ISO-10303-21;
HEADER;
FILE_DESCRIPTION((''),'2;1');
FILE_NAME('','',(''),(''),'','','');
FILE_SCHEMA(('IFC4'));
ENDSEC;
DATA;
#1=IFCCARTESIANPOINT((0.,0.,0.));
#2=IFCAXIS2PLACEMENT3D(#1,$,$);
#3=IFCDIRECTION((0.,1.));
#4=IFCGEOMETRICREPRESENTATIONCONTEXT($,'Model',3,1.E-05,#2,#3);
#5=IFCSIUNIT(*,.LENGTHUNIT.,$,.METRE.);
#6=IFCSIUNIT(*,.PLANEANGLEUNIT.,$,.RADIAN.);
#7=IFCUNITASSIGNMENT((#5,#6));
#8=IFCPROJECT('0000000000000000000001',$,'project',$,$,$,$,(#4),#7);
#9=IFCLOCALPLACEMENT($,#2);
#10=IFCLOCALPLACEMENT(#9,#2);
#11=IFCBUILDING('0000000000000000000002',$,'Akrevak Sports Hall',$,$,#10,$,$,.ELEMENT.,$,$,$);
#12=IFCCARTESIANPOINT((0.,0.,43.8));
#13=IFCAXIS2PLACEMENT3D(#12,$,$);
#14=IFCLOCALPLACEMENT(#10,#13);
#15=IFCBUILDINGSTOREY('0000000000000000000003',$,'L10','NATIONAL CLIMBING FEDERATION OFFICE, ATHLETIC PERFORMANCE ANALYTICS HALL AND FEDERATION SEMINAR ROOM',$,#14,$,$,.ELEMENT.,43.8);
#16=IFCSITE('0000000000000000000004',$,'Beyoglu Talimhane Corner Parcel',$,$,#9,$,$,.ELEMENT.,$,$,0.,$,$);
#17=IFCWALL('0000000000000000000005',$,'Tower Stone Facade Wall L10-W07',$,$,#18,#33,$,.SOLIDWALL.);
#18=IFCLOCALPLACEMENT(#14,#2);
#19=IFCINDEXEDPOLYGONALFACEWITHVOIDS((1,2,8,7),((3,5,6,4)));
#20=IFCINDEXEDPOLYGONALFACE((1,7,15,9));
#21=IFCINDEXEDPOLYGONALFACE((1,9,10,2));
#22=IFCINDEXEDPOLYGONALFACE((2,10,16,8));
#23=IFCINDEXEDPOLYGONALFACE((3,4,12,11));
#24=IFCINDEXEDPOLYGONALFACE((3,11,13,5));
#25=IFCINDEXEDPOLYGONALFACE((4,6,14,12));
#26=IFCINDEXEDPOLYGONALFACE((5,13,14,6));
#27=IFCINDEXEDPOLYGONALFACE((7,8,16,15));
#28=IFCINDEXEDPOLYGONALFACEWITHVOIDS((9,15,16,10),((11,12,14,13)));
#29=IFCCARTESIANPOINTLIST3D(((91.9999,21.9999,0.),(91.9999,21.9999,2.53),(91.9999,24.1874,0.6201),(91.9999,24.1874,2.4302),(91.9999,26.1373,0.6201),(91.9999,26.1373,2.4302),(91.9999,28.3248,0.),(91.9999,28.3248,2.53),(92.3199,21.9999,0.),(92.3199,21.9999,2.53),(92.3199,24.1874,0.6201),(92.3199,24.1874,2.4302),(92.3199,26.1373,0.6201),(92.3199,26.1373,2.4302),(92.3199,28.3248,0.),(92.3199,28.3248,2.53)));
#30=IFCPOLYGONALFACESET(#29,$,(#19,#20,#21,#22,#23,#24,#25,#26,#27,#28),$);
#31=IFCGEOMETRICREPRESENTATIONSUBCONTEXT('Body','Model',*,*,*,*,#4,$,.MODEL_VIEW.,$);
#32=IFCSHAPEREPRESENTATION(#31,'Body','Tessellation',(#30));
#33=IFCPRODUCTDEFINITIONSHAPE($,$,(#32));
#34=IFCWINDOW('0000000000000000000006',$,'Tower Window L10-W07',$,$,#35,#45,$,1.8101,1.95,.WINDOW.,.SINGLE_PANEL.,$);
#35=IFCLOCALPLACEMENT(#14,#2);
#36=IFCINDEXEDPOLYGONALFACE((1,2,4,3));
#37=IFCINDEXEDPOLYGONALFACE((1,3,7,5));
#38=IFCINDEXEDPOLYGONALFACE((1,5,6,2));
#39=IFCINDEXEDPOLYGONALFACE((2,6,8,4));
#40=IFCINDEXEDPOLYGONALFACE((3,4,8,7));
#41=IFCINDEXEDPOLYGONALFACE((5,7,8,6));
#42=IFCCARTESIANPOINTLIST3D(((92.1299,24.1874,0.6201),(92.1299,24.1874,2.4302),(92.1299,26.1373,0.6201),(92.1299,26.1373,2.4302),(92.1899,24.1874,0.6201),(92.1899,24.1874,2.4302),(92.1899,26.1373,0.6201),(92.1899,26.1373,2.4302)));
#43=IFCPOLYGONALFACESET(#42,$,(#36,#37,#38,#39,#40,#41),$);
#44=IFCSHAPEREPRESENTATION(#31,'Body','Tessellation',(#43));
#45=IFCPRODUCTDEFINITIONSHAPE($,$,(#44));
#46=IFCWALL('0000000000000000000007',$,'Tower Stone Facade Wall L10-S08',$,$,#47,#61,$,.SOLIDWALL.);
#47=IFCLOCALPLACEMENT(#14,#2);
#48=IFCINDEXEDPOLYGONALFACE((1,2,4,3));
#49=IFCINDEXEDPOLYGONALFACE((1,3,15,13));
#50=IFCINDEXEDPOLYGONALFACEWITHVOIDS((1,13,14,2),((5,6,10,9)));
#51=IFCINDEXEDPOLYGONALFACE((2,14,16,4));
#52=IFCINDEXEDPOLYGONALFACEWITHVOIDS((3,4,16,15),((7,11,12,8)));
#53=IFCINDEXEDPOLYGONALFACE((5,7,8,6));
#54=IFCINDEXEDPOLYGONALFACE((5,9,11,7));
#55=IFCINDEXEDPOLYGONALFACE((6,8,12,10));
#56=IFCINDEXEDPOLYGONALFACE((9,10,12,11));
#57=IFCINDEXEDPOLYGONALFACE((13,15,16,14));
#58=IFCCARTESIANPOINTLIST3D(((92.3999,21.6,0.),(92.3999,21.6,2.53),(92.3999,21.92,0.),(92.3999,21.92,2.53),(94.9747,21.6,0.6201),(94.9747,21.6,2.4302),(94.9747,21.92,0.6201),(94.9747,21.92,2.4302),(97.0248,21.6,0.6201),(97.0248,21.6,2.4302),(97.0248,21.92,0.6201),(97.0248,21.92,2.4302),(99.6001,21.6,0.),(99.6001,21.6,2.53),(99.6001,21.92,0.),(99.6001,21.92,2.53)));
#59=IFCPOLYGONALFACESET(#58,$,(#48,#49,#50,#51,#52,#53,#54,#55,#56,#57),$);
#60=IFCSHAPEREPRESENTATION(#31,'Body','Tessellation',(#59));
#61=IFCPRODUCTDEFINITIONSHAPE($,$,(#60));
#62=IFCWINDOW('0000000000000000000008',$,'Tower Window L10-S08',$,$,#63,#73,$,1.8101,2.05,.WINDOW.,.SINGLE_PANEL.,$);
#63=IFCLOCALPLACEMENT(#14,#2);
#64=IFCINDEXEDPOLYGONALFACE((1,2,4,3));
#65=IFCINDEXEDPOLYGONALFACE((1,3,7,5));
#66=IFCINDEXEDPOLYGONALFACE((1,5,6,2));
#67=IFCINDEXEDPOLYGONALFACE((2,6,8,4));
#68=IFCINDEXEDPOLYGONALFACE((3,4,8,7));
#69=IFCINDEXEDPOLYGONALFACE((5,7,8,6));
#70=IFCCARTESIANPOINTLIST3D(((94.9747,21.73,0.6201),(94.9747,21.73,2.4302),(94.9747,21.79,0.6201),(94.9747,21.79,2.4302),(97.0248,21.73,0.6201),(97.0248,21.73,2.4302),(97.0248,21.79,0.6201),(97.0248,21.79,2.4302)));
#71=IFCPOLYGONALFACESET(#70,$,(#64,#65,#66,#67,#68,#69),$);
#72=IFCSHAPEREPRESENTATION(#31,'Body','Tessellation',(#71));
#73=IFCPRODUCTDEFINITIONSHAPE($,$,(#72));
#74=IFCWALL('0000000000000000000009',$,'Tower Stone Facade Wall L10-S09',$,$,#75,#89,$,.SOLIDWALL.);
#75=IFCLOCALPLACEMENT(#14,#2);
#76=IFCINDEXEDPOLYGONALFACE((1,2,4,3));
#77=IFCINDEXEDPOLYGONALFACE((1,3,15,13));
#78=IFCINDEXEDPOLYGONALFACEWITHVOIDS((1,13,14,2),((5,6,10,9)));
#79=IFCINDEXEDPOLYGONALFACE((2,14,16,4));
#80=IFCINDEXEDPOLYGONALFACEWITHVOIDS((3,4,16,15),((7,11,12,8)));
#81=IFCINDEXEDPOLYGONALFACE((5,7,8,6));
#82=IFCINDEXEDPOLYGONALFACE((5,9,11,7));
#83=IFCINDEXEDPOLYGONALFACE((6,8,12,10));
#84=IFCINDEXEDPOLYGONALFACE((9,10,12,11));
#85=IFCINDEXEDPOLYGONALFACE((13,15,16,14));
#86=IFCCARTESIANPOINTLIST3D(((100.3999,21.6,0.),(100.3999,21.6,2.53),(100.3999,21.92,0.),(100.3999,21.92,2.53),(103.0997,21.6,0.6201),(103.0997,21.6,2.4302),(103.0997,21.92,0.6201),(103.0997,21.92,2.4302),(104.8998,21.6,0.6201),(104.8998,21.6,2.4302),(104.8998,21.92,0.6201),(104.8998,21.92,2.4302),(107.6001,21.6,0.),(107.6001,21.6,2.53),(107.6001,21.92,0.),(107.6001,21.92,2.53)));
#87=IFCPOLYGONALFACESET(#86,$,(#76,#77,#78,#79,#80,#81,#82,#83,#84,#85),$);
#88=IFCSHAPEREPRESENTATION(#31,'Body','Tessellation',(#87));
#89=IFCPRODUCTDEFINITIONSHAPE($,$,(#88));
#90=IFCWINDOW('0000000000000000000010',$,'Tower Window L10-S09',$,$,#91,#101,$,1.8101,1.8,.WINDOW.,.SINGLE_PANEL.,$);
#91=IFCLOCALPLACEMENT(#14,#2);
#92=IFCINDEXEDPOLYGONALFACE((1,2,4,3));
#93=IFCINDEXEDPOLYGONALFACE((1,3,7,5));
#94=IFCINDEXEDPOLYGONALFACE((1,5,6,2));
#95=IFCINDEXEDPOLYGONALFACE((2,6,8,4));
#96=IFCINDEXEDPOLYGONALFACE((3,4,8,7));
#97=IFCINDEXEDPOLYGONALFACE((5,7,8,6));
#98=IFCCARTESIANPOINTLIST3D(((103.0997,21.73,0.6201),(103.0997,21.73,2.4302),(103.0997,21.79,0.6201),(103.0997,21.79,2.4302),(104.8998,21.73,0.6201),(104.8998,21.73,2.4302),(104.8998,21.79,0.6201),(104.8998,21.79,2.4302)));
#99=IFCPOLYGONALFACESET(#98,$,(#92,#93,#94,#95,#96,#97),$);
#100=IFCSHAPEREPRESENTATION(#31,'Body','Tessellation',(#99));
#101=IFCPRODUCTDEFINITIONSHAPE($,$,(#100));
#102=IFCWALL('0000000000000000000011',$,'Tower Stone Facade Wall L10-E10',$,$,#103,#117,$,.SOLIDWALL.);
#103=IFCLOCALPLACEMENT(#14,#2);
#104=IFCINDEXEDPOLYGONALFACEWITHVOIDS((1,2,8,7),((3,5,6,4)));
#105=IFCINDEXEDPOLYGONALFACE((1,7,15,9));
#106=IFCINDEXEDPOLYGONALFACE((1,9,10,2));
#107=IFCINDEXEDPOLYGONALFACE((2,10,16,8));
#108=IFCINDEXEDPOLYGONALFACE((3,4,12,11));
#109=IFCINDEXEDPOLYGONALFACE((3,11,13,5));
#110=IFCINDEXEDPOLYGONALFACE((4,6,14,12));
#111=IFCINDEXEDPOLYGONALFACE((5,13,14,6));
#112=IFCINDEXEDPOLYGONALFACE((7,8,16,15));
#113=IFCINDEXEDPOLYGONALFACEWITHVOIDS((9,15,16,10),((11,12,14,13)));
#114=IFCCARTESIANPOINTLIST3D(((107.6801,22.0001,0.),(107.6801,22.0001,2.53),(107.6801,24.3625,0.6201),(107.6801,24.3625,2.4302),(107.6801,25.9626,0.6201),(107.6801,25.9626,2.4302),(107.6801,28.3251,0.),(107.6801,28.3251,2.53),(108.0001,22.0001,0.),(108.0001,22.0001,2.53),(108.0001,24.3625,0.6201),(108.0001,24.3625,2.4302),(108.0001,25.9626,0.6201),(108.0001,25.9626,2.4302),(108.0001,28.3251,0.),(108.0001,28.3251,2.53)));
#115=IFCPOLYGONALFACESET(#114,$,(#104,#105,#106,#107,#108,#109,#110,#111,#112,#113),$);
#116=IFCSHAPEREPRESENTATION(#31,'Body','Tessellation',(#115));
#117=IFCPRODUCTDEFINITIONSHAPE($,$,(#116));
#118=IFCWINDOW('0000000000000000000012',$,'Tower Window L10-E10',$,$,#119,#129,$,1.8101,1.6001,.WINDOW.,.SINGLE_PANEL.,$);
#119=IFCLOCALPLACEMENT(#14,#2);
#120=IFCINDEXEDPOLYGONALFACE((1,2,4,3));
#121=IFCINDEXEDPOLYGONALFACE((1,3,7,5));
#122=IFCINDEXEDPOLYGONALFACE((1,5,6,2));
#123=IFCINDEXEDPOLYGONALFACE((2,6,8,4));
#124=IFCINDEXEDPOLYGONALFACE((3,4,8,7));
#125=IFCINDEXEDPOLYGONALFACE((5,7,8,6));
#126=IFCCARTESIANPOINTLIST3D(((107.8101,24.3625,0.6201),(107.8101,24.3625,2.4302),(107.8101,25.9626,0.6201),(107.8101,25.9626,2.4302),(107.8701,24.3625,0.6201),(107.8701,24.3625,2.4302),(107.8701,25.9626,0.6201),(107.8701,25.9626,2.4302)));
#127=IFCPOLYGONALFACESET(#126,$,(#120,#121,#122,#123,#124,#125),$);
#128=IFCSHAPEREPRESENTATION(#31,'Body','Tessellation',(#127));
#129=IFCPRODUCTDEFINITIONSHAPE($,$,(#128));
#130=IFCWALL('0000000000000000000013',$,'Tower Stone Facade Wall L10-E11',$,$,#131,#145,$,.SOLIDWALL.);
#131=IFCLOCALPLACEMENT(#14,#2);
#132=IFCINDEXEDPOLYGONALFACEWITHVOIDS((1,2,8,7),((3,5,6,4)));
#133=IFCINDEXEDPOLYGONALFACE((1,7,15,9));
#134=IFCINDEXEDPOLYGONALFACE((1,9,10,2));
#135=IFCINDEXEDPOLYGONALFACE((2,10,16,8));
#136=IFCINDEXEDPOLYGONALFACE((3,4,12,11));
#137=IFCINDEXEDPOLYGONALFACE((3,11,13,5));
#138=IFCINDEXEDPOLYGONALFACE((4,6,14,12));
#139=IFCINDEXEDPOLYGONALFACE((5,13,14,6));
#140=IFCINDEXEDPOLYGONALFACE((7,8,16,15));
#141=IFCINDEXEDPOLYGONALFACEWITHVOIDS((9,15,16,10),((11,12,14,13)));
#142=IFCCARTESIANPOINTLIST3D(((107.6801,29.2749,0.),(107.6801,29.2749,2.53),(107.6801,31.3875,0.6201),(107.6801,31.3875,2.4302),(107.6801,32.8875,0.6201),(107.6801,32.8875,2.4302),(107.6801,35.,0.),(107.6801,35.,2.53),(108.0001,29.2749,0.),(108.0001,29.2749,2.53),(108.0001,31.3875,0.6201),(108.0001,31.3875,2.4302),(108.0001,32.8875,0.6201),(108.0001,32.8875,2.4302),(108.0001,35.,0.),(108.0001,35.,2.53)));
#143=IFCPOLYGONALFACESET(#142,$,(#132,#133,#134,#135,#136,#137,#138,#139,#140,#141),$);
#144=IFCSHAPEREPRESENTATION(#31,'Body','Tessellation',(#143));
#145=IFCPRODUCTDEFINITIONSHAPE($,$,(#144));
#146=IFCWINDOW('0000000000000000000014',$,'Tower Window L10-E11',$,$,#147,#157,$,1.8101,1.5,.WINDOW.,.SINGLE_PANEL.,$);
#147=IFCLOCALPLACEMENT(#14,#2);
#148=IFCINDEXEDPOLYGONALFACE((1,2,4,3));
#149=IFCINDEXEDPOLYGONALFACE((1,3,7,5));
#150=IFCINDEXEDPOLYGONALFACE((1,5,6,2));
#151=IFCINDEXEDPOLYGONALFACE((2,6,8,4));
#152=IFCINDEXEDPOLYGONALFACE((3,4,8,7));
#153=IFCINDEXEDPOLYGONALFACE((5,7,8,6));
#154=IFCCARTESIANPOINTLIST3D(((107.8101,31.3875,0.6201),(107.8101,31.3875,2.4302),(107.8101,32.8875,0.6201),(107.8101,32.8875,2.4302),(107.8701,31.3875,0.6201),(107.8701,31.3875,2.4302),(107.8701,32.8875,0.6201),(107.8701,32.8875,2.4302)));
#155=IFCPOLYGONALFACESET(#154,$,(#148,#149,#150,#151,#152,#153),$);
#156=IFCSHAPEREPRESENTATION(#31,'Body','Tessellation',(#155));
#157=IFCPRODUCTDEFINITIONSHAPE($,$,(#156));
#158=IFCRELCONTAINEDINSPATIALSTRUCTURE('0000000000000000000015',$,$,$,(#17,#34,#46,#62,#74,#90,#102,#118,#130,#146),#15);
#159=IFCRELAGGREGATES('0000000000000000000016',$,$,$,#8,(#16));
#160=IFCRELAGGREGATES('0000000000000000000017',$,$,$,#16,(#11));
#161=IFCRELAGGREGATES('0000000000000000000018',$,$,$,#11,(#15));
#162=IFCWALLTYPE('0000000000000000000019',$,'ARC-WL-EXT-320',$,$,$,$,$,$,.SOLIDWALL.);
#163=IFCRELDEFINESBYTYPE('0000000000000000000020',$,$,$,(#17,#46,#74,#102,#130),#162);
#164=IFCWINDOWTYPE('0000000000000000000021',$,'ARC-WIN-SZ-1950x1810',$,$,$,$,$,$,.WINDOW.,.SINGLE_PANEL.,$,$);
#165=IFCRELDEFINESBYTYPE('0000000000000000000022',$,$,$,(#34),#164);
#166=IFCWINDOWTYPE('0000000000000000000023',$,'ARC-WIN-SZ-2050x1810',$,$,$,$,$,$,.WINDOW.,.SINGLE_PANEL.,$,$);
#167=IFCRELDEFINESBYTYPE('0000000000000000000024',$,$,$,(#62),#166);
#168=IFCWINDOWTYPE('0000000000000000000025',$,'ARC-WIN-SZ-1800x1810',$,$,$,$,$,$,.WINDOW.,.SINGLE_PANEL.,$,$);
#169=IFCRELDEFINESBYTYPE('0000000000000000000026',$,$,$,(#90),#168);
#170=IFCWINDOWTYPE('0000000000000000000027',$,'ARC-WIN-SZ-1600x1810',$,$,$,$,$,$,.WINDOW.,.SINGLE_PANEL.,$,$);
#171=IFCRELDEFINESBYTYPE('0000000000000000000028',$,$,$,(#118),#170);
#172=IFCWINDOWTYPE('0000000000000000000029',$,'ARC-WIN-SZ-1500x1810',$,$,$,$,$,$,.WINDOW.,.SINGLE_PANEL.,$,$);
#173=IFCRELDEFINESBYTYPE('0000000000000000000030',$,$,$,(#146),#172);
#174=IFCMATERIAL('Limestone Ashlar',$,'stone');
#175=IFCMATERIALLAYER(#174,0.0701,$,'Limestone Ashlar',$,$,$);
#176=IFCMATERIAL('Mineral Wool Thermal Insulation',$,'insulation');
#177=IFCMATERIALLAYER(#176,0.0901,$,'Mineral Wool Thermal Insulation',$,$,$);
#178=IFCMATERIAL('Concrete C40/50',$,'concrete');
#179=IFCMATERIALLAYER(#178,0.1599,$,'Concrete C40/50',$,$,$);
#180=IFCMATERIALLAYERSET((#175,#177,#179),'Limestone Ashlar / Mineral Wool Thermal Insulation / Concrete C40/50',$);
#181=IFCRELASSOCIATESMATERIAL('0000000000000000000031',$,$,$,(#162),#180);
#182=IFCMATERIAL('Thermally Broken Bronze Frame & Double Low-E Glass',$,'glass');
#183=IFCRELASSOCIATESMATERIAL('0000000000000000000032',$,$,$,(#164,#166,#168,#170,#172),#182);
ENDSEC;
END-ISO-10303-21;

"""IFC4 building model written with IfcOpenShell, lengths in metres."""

from ifc_helpers import new_model, si_unit, direction, frame, frame_2d, origin, place, context, subcontext, project, spatial, rectangle, extrude, material, layer, layer_set, type_object, element, fill, save


model = new_model("IFC4")

# Units and contexts
model_context = context("Model", 3, precision=1e-05, world=origin(), true_north=direction((0.0, 1.0)))
body_context = subcontext(model_context, "Body", "Model", "MODEL_VIEW")
ifc_project = project(units=[si_unit("LENGTHUNIT", "METRE"), si_unit("PLANEANGLEUNIT", "RADIAN")], contexts=[model_context])

# Site, building, storey
site_placement = place(None, origin())
site = spatial("IfcSite", under=ifc_project, at=site_placement, Name="Beyoglu Talimhane Corner Parcel", CompositionType="ELEMENT", RefElevation=0.0)
building_placement = place(site_placement, origin())
building = spatial("IfcBuilding", under=site, at=building_placement, Name="Akrevak Sports Hall", CompositionType="ELEMENT")
storey_placement = place(building_placement, frame((0.0, 0.0, 43.8)))
storey = spatial("IfcBuildingStorey", under=building, at=storey_placement, Name="L10", Description="NATIONAL CLIMBING FEDERATION OFFICE, ATHLETIC PERFORMANCE ANALYTICS HALL AND FEDERATION SEMINAR ROOM", CompositionType="ELEMENT", Elevation=43.8)

# Shared definitions
ifc_material_1 = material(Name="Concrete C40/50", Category="concrete")

# Walls, openings, windows
ifc_material_2 = material(Name="Limestone Ashlar", Category="stone")
ifc_layer_1 = layer(ifc_material_2, 0.0701, Name="Limestone Ashlar")
ifc_material_3 = material(Name="Mineral Wool Thermal Insulation", Category="insulation")
ifc_layer_2 = layer(ifc_material_3, 0.0901, Name="Mineral Wool Thermal Insulation")
ifc_layer_3 = layer(ifc_material_1, 0.1599, Name="Concrete C40/50")
ifc_layer_set_1 = layer_set([ifc_layer_1, ifc_layer_2, ifc_layer_3], Name="Limestone Ashlar / Mineral Wool Thermal Insulation / Concrete C40/50")
wall_type = type_object("IfcWallType", Name="ARC-WL-EXT-320", PredefinedType="SOLIDWALL", material=ifc_layer_set_1)
wall_1_placement = place(storey_placement, frame((92.1599, 28.325, 0.0), z_axis=(0.0, 0.0, 1.0), x_axis=(0.0, -1.0, 0.0)))
wall_1 = element("IfcWall", 1, at=wall_1_placement, inside=storey, type_object=wall_type, Name="Tower Stone Facade Wall L10-W07", PredefinedType="SOLIDWALL", context=body_context, shape_type="SweptSolid", body=[
    extrude(rectangle(XDim=6.325, YDim=0.3201, at=frame_2d((3.1626, 0.0))), origin(), (0.0, 0.0, 1.0), 2.53),
])
opening_1_placement = place(wall_1_placement, frame((2.1875, 0.0, 0.6201)))
opening_1 = element("IfcOpeningElement", 2, at=opening_1_placement, cuts=wall_1, PredefinedType="OPENING", context=body_context, shape_type="SweptSolid", body=[
    extrude(rectangle(XDim=1.95, YDim=1.8101, at=frame_2d((0.9751, 0.905))), frame((0.0, 0.1719, 0.0), z_axis=(0.0, -1.0, 0.0), x_axis=(1.0, 0.0, 0.0)), (0.0, 0.0, 1.0), 0.344),
])
ifc_material_4 = material(Name="Thermally Broken Bronze Frame & Double Low-E Glass", Category="glass")
window_type_1 = type_object("IfcWindowType", Name="ARC-WIN-SZ-1950x1810", PartitioningType="SINGLE_PANEL", PredefinedType="WINDOW", material=ifc_material_4)
window_1_placement = place(opening_1_placement, origin())
window_1 = element("IfcWindow", 3, at=window_1_placement, inside=storey, type_object=window_type_1, Name="Tower Window L10-W07", OverallHeight=1.8101, OverallWidth=1.95, PartitioningType="SINGLE_PANEL", PredefinedType="WINDOW", context=body_context, shape_type="SweptSolid", body=[
    extrude(rectangle(XDim=1.95, YDim=1.8101, at=frame_2d((0.9751, 0.905))), frame((0.0, 0.03, 0.0), z_axis=(0.0, -1.0, 0.0), x_axis=(1.0, 0.0, 0.0)), (0.0, 0.0, 1.0), 0.0601),
])
fill(opening_1, window_1)
wall_2_placement = place(storey_placement, frame((92.3999, 21.76, 0.0), z_axis=(0.0, 0.0, 1.0), x_axis=(1.0, 0.0, 0.0)))
wall_2 = element("IfcWall", 4, at=wall_2_placement, inside=storey, type_object=wall_type, Name="Tower Stone Facade Wall L10-S08", PredefinedType="SOLIDWALL", context=body_context, shape_type="SweptSolid", body=[
    extrude(rectangle(XDim=7.2002, YDim=0.3201, at=frame_2d((3.6001, 0.0))), origin(), (0.0, 0.0, 1.0), 2.53),
])
opening_2_placement = place(wall_2_placement, frame((2.575, 0.0, 0.6201)))
opening_2 = element("IfcOpeningElement", 5, at=opening_2_placement, cuts=wall_2, PredefinedType="OPENING", context=body_context, shape_type="SweptSolid", body=[
    extrude(rectangle(XDim=2.05, YDim=1.8101, at=frame_2d((1.0249, 0.905))), frame((0.0, 0.1719, 0.0), z_axis=(0.0, -1.0, 0.0), x_axis=(1.0, 0.0, 0.0)), (0.0, 0.0, 1.0), 0.344),
])
window_type_2 = type_object("IfcWindowType", Name="ARC-WIN-SZ-2050x1810", PartitioningType="SINGLE_PANEL", PredefinedType="WINDOW", material=ifc_material_4)
window_2_placement = place(opening_2_placement, origin())
window_2 = element("IfcWindow", 6, at=window_2_placement, inside=storey, type_object=window_type_2, Name="Tower Window L10-S08", OverallHeight=1.8101, OverallWidth=2.05, PartitioningType="SINGLE_PANEL", PredefinedType="WINDOW", context=body_context, shape_type="SweptSolid", body=[
    extrude(rectangle(XDim=2.05, YDim=1.8101, at=frame_2d((1.0249, 0.905))), frame((0.0, 0.03, 0.0), z_axis=(0.0, -1.0, 0.0), x_axis=(1.0, 0.0, 0.0)), (0.0, 0.0, 1.0), 0.0601),
])
fill(opening_2, window_2)
wall_3_placement = place(storey_placement, frame((100.3999, 21.76, 0.0), z_axis=(0.0, 0.0, 1.0), x_axis=(1.0, 0.0, 0.0)))
wall_3 = element("IfcWall", 7, at=wall_3_placement, inside=storey, type_object=wall_type, Name="Tower Stone Facade Wall L10-S09", PredefinedType="SOLIDWALL", context=body_context, shape_type="SweptSolid", body=[
    extrude(rectangle(XDim=7.2002, YDim=0.3201, at=frame_2d((3.6001, 0.0))), origin(), (0.0, 0.0, 1.0), 2.53),
])
opening_3_placement = place(wall_3_placement, frame((2.7, 0.0, 0.6201)))
opening_3 = element("IfcOpeningElement", 8, at=opening_3_placement, cuts=wall_3, PredefinedType="OPENING", context=body_context, shape_type="SweptSolid", body=[
    extrude(rectangle(XDim=1.8, YDim=1.8101, at=frame_2d((0.8999, 0.905))), frame((0.0, 0.1719, 0.0), z_axis=(0.0, -1.0, 0.0), x_axis=(1.0, 0.0, 0.0)), (0.0, 0.0, 1.0), 0.344),
])
window_type_3 = type_object("IfcWindowType", Name="ARC-WIN-SZ-1800x1810", PartitioningType="SINGLE_PANEL", PredefinedType="WINDOW", material=ifc_material_4)
window_3_placement = place(opening_3_placement, origin())
window_3 = element("IfcWindow", 9, at=window_3_placement, inside=storey, type_object=window_type_3, Name="Tower Window L10-S09", OverallHeight=1.8101, OverallWidth=1.8, PartitioningType="SINGLE_PANEL", PredefinedType="WINDOW", context=body_context, shape_type="SweptSolid", body=[
    extrude(rectangle(XDim=1.8, YDim=1.8101, at=frame_2d((0.8999, 0.905))), frame((0.0, 0.03, 0.0), z_axis=(0.0, -1.0, 0.0), x_axis=(1.0, 0.0, 0.0)), (0.0, 0.0, 1.0), 0.0601),
])
fill(opening_3, window_3)
wall_4_placement = place(storey_placement, frame((107.8401, 22.0, 0.0), z_axis=(0.0, 0.0, 1.0), x_axis=(0.0, 1.0, 0.0)))
wall_4 = element("IfcWall", 10, at=wall_4_placement, inside=storey, type_object=wall_type, Name="Tower Stone Facade Wall L10-E10", PredefinedType="SOLIDWALL", context=body_context, shape_type="SweptSolid", body=[
    extrude(rectangle(XDim=6.325, YDim=0.3201, at=frame_2d((3.1626, 0.0))), origin(), (0.0, 0.0, 1.0), 2.53),
])
opening_4_placement = place(wall_4_placement, frame((2.3625, 0.0, 0.6201)))
opening_4 = element("IfcOpeningElement", 11, at=opening_4_placement, cuts=wall_4, PredefinedType="OPENING", context=body_context, shape_type="SweptSolid", body=[
    extrude(rectangle(XDim=1.6001, YDim=1.8101, at=frame_2d((0.8, 0.905))), frame((0.0, 0.1719, 0.0), z_axis=(0.0, -1.0, 0.0), x_axis=(1.0, 0.0, 0.0)), (0.0, 0.0, 1.0), 0.344),
])
window_type_4 = type_object("IfcWindowType", Name="ARC-WIN-SZ-1600x1810", PartitioningType="SINGLE_PANEL", PredefinedType="WINDOW", material=ifc_material_4)
window_4_placement = place(opening_4_placement, origin())
window_4 = element("IfcWindow", 12, at=window_4_placement, inside=storey, type_object=window_type_4, Name="Tower Window L10-E10", OverallHeight=1.8101, OverallWidth=1.6001, PartitioningType="SINGLE_PANEL", PredefinedType="WINDOW", context=body_context, shape_type="SweptSolid", body=[
    extrude(rectangle(XDim=1.6001, YDim=1.8101, at=frame_2d((0.8, 0.905))), frame((0.0, 0.03, 0.0), z_axis=(0.0, -1.0, 0.0), x_axis=(1.0, 0.0, 0.0)), (0.0, 0.0, 1.0), 0.0601),
])
fill(opening_4, window_4)
wall_5_placement = place(storey_placement, frame((107.8401, 29.2749, 0.0), z_axis=(0.0, 0.0, 1.0), x_axis=(0.0, 1.0, 0.0)))
wall_5 = element("IfcWall", 13, at=wall_5_placement, inside=storey, type_object=wall_type, Name="Tower Stone Facade Wall L10-E11", PredefinedType="SOLIDWALL", context=body_context, shape_type="SweptSolid", body=[
    extrude(rectangle(XDim=5.7251, YDim=0.3201, at=frame_2d((2.8625, 0.0))), origin(), (0.0, 0.0, 1.0), 2.53),
])
opening_5_placement = place(wall_5_placement, frame((2.1125, 0.0, 0.6201)))
opening_5 = element("IfcOpeningElement", 14, at=opening_5_placement, cuts=wall_5, PredefinedType="OPENING", context=body_context, shape_type="SweptSolid", body=[
    extrude(rectangle(XDim=1.5, YDim=1.8101, at=frame_2d((0.75, 0.905))), frame((0.0, 0.1719, 0.0), z_axis=(0.0, -1.0, 0.0), x_axis=(1.0, 0.0, 0.0)), (0.0, 0.0, 1.0), 0.344),
])
window_type_5 = type_object("IfcWindowType", Name="ARC-WIN-SZ-1500x1810", PartitioningType="SINGLE_PANEL", PredefinedType="WINDOW", material=ifc_material_4)
window_5_placement = place(opening_5_placement, origin())
window_5 = element("IfcWindow", 15, at=window_5_placement, inside=storey, type_object=window_type_5, Name="Tower Window L10-E11", OverallHeight=1.8101, OverallWidth=1.5, PartitioningType="SINGLE_PANEL", PredefinedType="WINDOW", context=body_context, shape_type="SweptSolid", body=[
    extrude(rectangle(XDim=1.5, YDim=1.8101, at=frame_2d((0.75, 0.905))), frame((0.0, 0.03, 0.0), z_axis=(0.0, -1.0, 0.0), x_axis=(1.0, 0.0, 0.0)), (0.0, 0.0, 1.0), 0.0601),
])
fill(opening_5, window_5)

save(model, "model.ifc")
